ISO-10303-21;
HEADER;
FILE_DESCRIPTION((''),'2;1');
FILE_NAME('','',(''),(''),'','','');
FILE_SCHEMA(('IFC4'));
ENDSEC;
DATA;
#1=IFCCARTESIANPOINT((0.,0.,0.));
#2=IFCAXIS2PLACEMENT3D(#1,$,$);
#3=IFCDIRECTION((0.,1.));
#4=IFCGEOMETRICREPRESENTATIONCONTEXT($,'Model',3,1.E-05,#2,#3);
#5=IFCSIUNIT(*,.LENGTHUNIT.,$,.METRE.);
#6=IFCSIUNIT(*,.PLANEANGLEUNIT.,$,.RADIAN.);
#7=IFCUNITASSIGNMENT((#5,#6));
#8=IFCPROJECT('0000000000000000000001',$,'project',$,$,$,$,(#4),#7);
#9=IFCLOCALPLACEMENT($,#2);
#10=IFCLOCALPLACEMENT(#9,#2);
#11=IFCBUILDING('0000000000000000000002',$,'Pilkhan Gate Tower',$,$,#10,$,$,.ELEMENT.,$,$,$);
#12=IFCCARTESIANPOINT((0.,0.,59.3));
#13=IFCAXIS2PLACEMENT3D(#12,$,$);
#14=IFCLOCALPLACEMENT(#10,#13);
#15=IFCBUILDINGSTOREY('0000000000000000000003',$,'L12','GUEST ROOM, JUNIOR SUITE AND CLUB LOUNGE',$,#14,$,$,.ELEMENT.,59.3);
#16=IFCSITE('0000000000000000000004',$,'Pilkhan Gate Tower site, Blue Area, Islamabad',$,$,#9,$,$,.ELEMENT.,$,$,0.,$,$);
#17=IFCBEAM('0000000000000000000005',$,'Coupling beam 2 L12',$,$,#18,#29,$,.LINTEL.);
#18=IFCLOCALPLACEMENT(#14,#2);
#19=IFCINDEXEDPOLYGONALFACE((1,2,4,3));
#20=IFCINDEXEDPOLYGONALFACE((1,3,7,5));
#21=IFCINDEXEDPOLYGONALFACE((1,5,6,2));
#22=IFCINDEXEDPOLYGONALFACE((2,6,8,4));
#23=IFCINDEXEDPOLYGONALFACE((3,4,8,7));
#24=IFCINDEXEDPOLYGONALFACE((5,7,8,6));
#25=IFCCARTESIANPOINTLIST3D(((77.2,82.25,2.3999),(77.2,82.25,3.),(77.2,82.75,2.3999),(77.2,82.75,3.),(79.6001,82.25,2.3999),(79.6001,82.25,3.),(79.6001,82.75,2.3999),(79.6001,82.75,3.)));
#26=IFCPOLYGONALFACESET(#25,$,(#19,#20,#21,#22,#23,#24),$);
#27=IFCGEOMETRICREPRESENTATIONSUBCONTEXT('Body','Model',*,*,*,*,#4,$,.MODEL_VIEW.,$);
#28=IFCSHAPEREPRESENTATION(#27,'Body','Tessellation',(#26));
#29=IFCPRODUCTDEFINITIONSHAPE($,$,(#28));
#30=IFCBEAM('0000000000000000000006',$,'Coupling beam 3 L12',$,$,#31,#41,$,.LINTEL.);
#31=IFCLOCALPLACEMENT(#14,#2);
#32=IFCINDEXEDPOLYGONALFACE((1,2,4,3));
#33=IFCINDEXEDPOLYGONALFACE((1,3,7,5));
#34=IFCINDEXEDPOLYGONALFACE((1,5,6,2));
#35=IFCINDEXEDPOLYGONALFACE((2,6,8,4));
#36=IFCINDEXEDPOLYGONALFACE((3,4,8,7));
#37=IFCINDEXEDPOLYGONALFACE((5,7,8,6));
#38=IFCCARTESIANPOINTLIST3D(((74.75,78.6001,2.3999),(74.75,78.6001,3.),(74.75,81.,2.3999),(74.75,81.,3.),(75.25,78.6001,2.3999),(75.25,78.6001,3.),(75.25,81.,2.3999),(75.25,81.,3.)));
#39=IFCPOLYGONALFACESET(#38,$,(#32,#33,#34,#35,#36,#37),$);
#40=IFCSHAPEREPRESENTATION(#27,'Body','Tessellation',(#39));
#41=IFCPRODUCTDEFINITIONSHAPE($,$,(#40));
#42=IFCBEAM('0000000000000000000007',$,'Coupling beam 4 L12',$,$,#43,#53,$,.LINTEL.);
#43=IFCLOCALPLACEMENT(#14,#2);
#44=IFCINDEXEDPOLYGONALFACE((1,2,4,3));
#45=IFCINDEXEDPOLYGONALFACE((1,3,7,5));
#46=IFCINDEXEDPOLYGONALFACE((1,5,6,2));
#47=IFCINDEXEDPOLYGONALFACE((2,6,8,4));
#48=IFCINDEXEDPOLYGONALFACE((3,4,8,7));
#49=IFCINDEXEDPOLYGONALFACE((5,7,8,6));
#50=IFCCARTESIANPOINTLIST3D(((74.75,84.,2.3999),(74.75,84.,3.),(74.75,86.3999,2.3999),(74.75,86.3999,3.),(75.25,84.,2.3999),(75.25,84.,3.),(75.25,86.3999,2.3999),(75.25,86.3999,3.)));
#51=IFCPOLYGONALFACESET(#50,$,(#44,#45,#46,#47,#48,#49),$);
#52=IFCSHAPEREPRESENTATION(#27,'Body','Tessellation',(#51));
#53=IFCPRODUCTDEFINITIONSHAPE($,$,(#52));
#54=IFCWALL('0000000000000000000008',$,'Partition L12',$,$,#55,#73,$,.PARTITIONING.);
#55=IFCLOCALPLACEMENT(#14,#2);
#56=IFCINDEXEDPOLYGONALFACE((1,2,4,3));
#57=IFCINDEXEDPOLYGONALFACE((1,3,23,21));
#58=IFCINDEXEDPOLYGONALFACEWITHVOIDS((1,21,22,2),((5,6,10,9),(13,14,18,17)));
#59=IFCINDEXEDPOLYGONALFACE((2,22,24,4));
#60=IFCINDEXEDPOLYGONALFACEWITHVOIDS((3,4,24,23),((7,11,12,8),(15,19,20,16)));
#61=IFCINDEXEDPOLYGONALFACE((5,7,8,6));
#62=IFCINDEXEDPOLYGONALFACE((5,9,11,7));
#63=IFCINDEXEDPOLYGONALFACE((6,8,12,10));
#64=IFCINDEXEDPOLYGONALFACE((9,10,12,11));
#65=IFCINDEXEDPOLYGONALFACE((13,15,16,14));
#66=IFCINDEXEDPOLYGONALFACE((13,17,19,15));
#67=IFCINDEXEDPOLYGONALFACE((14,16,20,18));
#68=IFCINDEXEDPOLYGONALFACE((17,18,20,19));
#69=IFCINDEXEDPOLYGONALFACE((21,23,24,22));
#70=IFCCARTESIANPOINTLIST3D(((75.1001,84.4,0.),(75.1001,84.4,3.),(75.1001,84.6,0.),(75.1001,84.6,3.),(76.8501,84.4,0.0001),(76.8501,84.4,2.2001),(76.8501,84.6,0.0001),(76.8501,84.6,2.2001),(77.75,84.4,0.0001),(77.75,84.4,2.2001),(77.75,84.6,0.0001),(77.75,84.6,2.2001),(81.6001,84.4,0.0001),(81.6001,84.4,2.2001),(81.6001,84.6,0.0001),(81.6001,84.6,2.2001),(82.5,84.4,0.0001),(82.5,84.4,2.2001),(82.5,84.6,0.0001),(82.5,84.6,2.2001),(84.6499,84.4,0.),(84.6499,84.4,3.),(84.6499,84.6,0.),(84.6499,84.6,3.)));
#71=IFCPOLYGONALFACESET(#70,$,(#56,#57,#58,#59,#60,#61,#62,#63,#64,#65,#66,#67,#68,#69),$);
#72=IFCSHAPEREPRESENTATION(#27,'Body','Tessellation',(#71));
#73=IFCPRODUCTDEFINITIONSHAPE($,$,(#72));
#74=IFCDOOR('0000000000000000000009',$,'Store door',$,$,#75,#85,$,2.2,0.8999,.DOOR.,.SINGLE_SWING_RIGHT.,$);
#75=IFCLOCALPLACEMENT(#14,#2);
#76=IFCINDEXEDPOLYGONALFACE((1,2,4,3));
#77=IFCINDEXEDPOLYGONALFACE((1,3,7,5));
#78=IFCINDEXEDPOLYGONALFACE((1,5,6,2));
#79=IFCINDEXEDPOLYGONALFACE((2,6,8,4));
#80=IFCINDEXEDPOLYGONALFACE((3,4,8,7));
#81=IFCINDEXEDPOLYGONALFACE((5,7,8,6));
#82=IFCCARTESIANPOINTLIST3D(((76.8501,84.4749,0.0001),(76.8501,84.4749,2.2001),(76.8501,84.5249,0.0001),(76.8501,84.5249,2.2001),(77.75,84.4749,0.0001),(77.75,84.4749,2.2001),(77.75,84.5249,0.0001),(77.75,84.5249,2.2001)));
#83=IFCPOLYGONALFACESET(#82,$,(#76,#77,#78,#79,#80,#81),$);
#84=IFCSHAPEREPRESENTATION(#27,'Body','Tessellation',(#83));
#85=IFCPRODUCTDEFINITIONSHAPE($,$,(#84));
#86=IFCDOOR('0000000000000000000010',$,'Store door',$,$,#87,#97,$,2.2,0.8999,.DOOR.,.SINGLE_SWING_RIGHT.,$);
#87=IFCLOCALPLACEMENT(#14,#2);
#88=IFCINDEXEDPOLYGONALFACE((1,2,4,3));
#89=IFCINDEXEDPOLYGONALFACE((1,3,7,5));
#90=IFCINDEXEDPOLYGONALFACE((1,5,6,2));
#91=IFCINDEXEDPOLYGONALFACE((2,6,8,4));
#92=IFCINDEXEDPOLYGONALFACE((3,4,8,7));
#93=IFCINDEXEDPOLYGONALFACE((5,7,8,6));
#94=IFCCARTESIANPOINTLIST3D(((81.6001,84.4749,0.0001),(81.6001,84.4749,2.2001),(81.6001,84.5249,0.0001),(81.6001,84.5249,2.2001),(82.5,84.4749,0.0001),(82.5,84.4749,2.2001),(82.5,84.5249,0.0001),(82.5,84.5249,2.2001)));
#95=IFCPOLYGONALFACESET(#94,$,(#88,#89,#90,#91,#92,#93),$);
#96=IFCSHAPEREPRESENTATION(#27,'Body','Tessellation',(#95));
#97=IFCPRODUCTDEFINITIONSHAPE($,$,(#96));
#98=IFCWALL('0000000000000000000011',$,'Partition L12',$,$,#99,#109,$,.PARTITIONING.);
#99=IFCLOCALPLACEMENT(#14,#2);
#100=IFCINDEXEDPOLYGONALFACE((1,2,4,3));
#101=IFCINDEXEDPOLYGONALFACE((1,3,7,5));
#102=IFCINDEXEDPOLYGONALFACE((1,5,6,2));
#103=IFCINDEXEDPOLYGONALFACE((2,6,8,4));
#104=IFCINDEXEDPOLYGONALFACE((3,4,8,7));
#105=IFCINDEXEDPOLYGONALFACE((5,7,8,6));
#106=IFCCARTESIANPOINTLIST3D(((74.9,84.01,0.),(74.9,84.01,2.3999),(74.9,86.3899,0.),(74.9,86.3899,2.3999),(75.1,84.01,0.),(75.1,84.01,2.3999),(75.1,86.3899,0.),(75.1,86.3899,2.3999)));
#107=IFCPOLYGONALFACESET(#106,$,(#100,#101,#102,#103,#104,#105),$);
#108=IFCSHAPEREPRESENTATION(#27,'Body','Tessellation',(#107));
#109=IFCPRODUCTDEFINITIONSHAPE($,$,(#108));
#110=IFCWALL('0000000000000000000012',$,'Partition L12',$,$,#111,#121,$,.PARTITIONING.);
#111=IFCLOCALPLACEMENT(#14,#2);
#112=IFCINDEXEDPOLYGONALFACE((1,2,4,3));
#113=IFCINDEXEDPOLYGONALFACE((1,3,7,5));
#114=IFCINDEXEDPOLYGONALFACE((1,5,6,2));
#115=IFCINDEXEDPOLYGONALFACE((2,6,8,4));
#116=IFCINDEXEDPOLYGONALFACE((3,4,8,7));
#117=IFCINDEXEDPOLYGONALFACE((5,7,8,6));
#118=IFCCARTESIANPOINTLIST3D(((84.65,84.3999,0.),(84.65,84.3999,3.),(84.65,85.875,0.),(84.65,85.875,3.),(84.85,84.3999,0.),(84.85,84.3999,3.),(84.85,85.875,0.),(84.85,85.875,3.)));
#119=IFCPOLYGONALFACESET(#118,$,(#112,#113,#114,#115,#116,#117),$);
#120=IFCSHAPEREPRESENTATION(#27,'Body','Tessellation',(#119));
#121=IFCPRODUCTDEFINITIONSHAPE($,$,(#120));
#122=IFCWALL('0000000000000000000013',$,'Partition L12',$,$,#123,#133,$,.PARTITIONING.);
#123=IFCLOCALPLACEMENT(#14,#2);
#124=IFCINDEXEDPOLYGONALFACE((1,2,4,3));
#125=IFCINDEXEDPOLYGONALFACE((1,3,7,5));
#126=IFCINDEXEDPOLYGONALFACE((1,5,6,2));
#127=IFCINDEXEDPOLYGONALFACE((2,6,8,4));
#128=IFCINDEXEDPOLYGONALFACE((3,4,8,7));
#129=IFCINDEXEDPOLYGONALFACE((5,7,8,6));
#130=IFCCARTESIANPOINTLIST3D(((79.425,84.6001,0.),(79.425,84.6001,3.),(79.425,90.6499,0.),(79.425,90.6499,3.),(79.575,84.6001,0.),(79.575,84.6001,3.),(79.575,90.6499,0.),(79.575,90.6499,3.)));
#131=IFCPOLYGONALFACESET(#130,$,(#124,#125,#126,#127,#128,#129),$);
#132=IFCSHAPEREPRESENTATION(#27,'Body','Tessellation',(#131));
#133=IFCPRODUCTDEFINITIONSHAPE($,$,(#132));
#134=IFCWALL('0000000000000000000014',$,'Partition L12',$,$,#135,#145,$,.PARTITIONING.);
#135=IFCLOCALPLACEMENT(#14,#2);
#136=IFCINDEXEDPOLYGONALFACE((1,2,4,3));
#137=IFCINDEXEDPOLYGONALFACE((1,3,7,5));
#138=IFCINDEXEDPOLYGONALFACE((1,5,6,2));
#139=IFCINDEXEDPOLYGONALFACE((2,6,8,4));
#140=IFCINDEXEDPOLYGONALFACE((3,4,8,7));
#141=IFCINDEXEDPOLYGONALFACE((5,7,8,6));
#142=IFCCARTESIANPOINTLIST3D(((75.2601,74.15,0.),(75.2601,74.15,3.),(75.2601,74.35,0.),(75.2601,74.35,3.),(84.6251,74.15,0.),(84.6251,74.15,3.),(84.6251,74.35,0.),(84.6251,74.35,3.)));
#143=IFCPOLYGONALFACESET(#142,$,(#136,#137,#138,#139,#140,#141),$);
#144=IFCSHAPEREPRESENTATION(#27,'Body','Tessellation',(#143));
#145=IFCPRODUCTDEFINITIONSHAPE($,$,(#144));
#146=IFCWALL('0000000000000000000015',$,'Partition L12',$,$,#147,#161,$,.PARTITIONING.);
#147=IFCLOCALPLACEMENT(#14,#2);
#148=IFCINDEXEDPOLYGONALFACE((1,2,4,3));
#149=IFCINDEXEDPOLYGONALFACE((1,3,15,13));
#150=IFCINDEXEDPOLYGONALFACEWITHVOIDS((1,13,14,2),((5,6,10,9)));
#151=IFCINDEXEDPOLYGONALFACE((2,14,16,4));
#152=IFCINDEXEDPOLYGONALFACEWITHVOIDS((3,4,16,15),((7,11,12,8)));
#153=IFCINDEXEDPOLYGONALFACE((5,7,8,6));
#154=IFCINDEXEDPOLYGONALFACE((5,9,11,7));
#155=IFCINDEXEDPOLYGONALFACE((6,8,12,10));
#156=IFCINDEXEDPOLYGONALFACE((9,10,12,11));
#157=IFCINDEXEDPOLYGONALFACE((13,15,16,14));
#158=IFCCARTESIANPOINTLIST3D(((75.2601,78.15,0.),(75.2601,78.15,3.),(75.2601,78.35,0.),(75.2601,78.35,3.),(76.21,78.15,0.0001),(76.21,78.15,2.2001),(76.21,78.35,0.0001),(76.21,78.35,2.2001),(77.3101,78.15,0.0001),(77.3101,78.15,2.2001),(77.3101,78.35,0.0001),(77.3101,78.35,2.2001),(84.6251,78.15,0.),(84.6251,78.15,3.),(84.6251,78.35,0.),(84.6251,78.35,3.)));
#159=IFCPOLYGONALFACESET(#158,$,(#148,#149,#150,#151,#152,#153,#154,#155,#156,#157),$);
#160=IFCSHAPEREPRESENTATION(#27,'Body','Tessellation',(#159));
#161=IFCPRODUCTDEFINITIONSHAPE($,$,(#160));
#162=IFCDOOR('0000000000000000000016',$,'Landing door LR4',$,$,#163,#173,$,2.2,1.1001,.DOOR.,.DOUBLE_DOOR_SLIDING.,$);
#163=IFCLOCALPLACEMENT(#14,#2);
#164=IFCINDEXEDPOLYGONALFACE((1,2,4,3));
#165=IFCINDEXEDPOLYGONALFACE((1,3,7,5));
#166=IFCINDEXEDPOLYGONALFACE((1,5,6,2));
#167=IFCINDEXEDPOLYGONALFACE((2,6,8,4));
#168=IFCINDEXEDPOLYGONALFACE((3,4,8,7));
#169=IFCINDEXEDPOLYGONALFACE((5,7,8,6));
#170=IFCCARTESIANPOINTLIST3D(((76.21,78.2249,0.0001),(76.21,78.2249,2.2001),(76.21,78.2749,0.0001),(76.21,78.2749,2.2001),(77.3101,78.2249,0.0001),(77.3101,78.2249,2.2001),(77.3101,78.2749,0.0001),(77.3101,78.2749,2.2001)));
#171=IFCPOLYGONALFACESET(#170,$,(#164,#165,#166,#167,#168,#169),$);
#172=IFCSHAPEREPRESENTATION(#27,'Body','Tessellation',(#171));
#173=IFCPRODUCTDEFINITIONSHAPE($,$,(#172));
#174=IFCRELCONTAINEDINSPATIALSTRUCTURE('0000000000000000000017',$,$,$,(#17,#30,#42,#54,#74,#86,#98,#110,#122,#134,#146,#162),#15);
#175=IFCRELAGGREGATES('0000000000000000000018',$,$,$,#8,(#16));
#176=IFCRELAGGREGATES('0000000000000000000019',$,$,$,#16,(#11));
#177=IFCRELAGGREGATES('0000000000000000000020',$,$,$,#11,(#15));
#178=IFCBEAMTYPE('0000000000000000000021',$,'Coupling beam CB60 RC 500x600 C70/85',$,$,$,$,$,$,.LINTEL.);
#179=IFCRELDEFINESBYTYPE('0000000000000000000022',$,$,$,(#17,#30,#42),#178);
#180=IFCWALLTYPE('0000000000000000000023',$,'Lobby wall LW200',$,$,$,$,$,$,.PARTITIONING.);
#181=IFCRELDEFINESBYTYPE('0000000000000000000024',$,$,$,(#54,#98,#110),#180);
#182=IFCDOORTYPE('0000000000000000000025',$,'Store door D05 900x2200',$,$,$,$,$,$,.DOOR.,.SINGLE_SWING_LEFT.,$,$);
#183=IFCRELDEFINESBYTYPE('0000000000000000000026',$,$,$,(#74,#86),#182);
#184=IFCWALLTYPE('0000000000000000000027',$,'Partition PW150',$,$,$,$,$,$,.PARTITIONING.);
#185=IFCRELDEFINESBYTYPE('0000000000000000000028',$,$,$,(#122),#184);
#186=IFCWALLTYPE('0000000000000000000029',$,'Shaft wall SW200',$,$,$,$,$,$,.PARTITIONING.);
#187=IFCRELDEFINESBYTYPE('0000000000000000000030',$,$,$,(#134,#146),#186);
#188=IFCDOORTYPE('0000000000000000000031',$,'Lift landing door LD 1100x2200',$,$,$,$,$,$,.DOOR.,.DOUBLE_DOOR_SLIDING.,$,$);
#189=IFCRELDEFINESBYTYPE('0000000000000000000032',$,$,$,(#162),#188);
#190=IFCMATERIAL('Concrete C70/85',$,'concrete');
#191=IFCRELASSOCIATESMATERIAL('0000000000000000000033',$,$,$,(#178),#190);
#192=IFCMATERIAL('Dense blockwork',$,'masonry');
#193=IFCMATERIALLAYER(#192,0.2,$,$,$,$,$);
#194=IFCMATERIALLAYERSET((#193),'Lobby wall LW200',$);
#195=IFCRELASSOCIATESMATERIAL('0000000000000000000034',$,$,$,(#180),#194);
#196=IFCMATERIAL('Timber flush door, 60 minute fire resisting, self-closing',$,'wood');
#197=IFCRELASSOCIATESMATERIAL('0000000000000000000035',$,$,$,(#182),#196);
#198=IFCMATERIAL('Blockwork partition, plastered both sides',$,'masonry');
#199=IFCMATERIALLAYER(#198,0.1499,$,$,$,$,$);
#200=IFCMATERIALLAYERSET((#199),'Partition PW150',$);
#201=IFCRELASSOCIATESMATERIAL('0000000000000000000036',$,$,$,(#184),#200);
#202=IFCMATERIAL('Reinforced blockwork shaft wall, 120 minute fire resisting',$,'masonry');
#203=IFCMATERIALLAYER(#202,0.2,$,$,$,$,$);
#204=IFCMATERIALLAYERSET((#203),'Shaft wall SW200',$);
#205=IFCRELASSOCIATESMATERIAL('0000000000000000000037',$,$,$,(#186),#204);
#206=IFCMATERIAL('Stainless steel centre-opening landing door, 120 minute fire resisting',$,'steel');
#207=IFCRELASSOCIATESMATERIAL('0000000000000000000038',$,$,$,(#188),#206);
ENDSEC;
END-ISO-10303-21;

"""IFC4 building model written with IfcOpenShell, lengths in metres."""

from ifc_helpers import new_model, si_unit, direction, frame, frame_2d, origin, origin_2d, place, context, subcontext, project, spatial, rectangle, extrude, material, layer, layer_set, material_profile, profile_set, type_object, element, fill, save


model = new_model("IFC4")

# Units and contexts
model_context = context("Model", 3, precision=1e-05, world=origin(), true_north=direction((0.0, 1.0)))
body_context = subcontext(model_context, "Body", "Model", "MODEL_VIEW")
ifc_project = project(units=[si_unit("LENGTHUNIT", "METRE"), si_unit("PLANEANGLEUNIT", "RADIAN")], contexts=[model_context])

# Site, building, storey
site_placement = place(None, origin())
site = spatial("IfcSite", under=ifc_project, at=site_placement, Name="Pilkhan Gate Tower site, Blue Area, Islamabad", CompositionType="ELEMENT", RefElevation=0.0)
building_placement = place(site_placement, origin())
building = spatial("IfcBuilding", under=site, at=building_placement, Name="Pilkhan Gate Tower", CompositionType="ELEMENT")
storey_placement = place(building_placement, frame((0.0, 0.0, 59.3)))
storey = spatial("IfcBuildingStorey", under=building, at=storey_placement, Name="L12", Description="GUEST ROOM, JUNIOR SUITE AND CLUB LOUNGE", CompositionType="ELEMENT", Elevation=59.3)

# Beams
ifc_material_1 = material(Name="Concrete C70/85", Category="concrete")
ifc_material_profile = material_profile(ifc_material_1, rectangle(XDim=0.5, YDim=0.6001, at=origin_2d()), Name="RC 500x600")
ifc_profile_set = profile_set([ifc_material_profile], Name="Concrete C70/85")
beam_type = type_object("IfcBeamType", Name="Coupling beam CB60 RC 500x600 C70/85", PredefinedType="LINTEL", material=ifc_profile_set)
beam_placement = place(storey_placement, frame((77.2, 82.5, 2.7), z_axis=(1.0, 0.0, 0.0), x_axis=(0.0, 1.0, 0.0)))
element("IfcBeam", 1, at=beam_placement, inside=storey, type_object=beam_type, Name="Coupling beam 2 L12", PredefinedType="LINTEL", context=body_context, shape_type="SweptSolid", body=[
    extrude(rectangle(XDim=0.5, YDim=0.6001, at=origin_2d()), origin(), (0.0, 0.0, 1.0), 2.4001),
])
for number, where, z_axis, x_axis, name in (
    (2, (75.0, 78.6001, 2.7), (0.0, 1.0, 0.0), (-1.0, 0.0, 0.0), "Coupling beam 3 L12"),
    (3, (75.0, 84.0, 2.7), (0.0, 1.0, 0.0), (-1.0, 0.0, 0.0), "Coupling beam 4 L12"),
):
    element("IfcBeam", number, at=place(storey_placement, frame(where, z_axis=z_axis, x_axis=x_axis)), inside=storey, type_object=beam_type, Name=name, PredefinedType="LINTEL", context=body_context, shape_type="SweptSolid", body=[
        extrude(rectangle(XDim=0.5, YDim=0.6001, at=origin_2d()), origin(), (0.0, 0.0, 1.0), 2.3999),
    ])

# Wall, openings, doors
ifc_material_2 = material(Name="Dense blockwork", Category="masonry")
ifc_layer_1 = layer(ifc_material_2, 0.2)
ifc_layer_set_1 = layer_set([ifc_layer_1], Name="Lobby wall LW200")
wall_type_1 = type_object("IfcWallType", Name="Lobby wall LW200", PredefinedType="PARTITIONING", material=ifc_layer_set_1)
wall_1_placement = place(storey_placement, frame((75.1001, 84.5, 0.0), z_axis=(0.0, 0.0, 1.0), x_axis=(1.0, 0.0, 0.0)))
wall_1 = element("IfcWall", 4, at=wall_1_placement, inside=storey, type_object=wall_type_1, Name="Partition L12", PredefinedType="PARTITIONING", context=body_context, shape_type="SweptSolid", body=[
    extrude(rectangle(XDim=9.5498, YDim=0.2, at=frame_2d((4.7749, 0.0))), origin(), (0.0, 0.0, 1.0), 3.0),
])
opening_1_placement = place(wall_1_placement, frame((1.75, 0.0, 0.0)))
opening_1 = element("IfcOpeningElement", 5, at=opening_1_placement, cuts=wall_1, PredefinedType="OPENING", context=body_context, shape_type="SweptSolid", body=[
    extrude(rectangle(XDim=0.8999, YDim=2.2, at=frame_2d((0.45, 1.1001))), frame((0.0, 0.1099, 0.0), z_axis=(0.0, -1.0, 0.0), x_axis=(1.0, 0.0, 0.0)), (0.0, 0.0, 1.0), 0.22),
])
opening_2_placement = place(wall_1_placement, frame((6.5, 0.0, 0.0)))
opening_2 = element("IfcOpeningElement", 6, at=opening_2_placement, cuts=wall_1, PredefinedType="OPENING", context=body_context, shape_type="SweptSolid", body=[
    extrude(rectangle(XDim=0.8999, YDim=2.2, at=frame_2d((0.45, 1.1001))), frame((0.0, 0.1099, 0.0), z_axis=(0.0, -1.0, 0.0), x_axis=(1.0, 0.0, 0.0)), (0.0, 0.0, 1.0), 0.22),
])
ifc_material_3 = material(Name="Timber flush door, 60 minute fire resisting, self-closing", Category="wood")
door_type_1 = type_object("IfcDoorType", Name="Store door D05 900x2200", OperationType="SINGLE_SWING_LEFT", PredefinedType="DOOR", material=ifc_material_3)
door_1_placement = place(opening_1_placement, origin())
door_1 = element("IfcDoor", 7, at=door_1_placement, inside=storey, type_object=door_type_1, Name="Store door", OperationType="SINGLE_SWING_RIGHT", OverallHeight=2.2, OverallWidth=0.8999, PredefinedType="DOOR", context=body_context, shape_type="SweptSolid", body=[
    extrude(rectangle(XDim=0.8999, YDim=2.2, at=frame_2d((0.45, 1.1001))), frame((0.0, 0.0249, 0.0), z_axis=(0.0, -1.0, 0.0), x_axis=(1.0, 0.0, 0.0)), (0.0, 0.0, 1.0), 0.05),
])
fill(opening_1, door_1)
door_2_placement = place(opening_2_placement, origin())
door_2 = element("IfcDoor", 8, at=door_2_placement, inside=storey, type_object=door_type_1, Name="Store door", OperationType="SINGLE_SWING_RIGHT", OverallHeight=2.2, OverallWidth=0.8999, PredefinedType="DOOR", context=body_context, shape_type="SweptSolid", body=[
    extrude(rectangle(XDim=0.8999, YDim=2.2, at=frame_2d((0.45, 1.1001))), frame((0.0, 0.0249, 0.0), z_axis=(0.0, -1.0, 0.0), x_axis=(1.0, 0.0, 0.0)), (0.0, 0.0, 1.0), 0.05),
])
fill(opening_2, door_2)

# Walls
wall_2_placement = place(storey_placement, frame((75.0, 84.01, 0.0), z_axis=(0.0, 0.0, 1.0), x_axis=(0.0, 1.0, 0.0)))
element("IfcWall", 9, at=wall_2_placement, inside=storey, type_object=wall_type_1, Name="Partition L12", PredefinedType="PARTITIONING", context=body_context, shape_type="SweptSolid", body=[
    extrude(rectangle(XDim=2.3799, YDim=0.2, at=frame_2d((1.1899, 0.0))), origin(), (0.0, 0.0, 1.0), 2.3999),
])
wall_3_placement = place(storey_placement, frame((84.75, 84.3999, 0.0), z_axis=(0.0, 0.0, 1.0), x_axis=(0.0, 1.0, 0.0)))
element("IfcWall", 10, at=wall_3_placement, inside=storey, type_object=wall_type_1, Name="Partition L12", PredefinedType="PARTITIONING", context=body_context, shape_type="SweptSolid", body=[
    extrude(rectangle(XDim=1.4751, YDim=0.2, at=frame_2d((0.7375, 0.0))), origin(), (0.0, 0.0, 1.0), 3.0),
])
ifc_material_4 = material(Name="Blockwork partition, plastered both sides", Category="masonry")
ifc_layer_2 = layer(ifc_material_4, 0.1499)
ifc_layer_set_2 = layer_set([ifc_layer_2], Name="Partition PW150")
wall_type_2 = type_object("IfcWallType", Name="Partition PW150", PredefinedType="PARTITIONING", material=ifc_layer_set_2)
wall_4_placement = place(storey_placement, frame((79.5, 84.6001, 0.0), z_axis=(0.0, 0.0, 1.0), x_axis=(0.0, 1.0, 0.0)))
element("IfcWall", 11, at=wall_4_placement, inside=storey, type_object=wall_type_2, Name="Partition L12", PredefinedType="PARTITIONING", context=body_context, shape_type="SweptSolid", body=[
    extrude(rectangle(XDim=6.0498, YDim=0.1499, at=frame_2d((3.0249, 0.0))), origin(), (0.0, 0.0, 1.0), 3.0),
])
ifc_material_5 = material(Name="Reinforced blockwork shaft wall, 120 minute fire resisting", Category="masonry")
ifc_layer_3 = layer(ifc_material_5, 0.2)
ifc_layer_set_3 = layer_set([ifc_layer_3], Name="Shaft wall SW200")
wall_type_3 = type_object("IfcWallType", Name="Shaft wall SW200", PredefinedType="PARTITIONING", material=ifc_layer_set_3)
wall_5_placement = place(storey_placement, frame((75.26, 74.25, 0.0), z_axis=(0.0, 0.0, 1.0), x_axis=(1.0, 0.0, 0.0)))
element("IfcWall", 12, at=wall_5_placement, inside=storey, type_object=wall_type_3, Name="Partition L12", PredefinedType="PARTITIONING", context=body_context, shape_type="SweptSolid", body=[
    extrude(rectangle(XDim=9.365, YDim=0.2, at=frame_2d((4.6826, 0.0))), origin(), (0.0, 0.0, 1.0), 3.0),
])

# Wall, opening, door
wall_6_placement = place(storey_placement, frame((75.26, 78.25, 0.0), z_axis=(0.0, 0.0, 1.0), x_axis=(1.0, 0.0, 0.0)))
wall_6 = element("IfcWall", 13, at=wall_6_placement, inside=storey, type_object=wall_type_3, Name="Partition L12", PredefinedType="PARTITIONING", context=body_context, shape_type="SweptSolid", body=[
    extrude(rectangle(XDim=9.365, YDim=0.2, at=frame_2d((4.6826, 0.0))), origin(), (0.0, 0.0, 1.0), 3.0),
])
opening_3_placement = place(wall_6_placement, frame((0.95, 0.0, 0.0)))
opening_3 = element("IfcOpeningElement", 14, at=opening_3_placement, cuts=wall_6, PredefinedType="OPENING", context=body_context, shape_type="SweptSolid", body=[
    extrude(rectangle(XDim=1.1001, YDim=2.2, at=frame_2d((0.55, 1.1001))), frame((0.0, 0.1099, 0.0), z_axis=(0.0, -1.0, 0.0), x_axis=(1.0, 0.0, 0.0)), (0.0, 0.0, 1.0), 0.22),
])
ifc_material_6 = material(Name="Stainless steel centre-opening landing door, 120 minute fire resisting", Category="steel")
door_type_2 = type_object("IfcDoorType", Name="Lift landing door LD 1100x2200", OperationType="DOUBLE_DOOR_SLIDING", PredefinedType="DOOR", material=ifc_material_6)
door_3_placement = place(opening_3_placement, origin())
door_3 = element("IfcDoor", 15, at=door_3_placement, inside=storey, type_object=door_type_2, Name="Landing door LR4", OperationType="DOUBLE_DOOR_SLIDING", OverallHeight=2.2, OverallWidth=1.1001, PredefinedType="DOOR", context=body_context, shape_type="SweptSolid", body=[
    extrude(rectangle(XDim=1.1001, YDim=2.2, at=frame_2d((0.55, 1.1001))), frame((0.0, 0.0249, 0.0), z_axis=(0.0, -1.0, 0.0), x_axis=(1.0, 0.0, 0.0)), (0.0, 0.0, 1.0), 0.05),
])
fill(opening_3, door_3)

save(model, "model.ifc")
